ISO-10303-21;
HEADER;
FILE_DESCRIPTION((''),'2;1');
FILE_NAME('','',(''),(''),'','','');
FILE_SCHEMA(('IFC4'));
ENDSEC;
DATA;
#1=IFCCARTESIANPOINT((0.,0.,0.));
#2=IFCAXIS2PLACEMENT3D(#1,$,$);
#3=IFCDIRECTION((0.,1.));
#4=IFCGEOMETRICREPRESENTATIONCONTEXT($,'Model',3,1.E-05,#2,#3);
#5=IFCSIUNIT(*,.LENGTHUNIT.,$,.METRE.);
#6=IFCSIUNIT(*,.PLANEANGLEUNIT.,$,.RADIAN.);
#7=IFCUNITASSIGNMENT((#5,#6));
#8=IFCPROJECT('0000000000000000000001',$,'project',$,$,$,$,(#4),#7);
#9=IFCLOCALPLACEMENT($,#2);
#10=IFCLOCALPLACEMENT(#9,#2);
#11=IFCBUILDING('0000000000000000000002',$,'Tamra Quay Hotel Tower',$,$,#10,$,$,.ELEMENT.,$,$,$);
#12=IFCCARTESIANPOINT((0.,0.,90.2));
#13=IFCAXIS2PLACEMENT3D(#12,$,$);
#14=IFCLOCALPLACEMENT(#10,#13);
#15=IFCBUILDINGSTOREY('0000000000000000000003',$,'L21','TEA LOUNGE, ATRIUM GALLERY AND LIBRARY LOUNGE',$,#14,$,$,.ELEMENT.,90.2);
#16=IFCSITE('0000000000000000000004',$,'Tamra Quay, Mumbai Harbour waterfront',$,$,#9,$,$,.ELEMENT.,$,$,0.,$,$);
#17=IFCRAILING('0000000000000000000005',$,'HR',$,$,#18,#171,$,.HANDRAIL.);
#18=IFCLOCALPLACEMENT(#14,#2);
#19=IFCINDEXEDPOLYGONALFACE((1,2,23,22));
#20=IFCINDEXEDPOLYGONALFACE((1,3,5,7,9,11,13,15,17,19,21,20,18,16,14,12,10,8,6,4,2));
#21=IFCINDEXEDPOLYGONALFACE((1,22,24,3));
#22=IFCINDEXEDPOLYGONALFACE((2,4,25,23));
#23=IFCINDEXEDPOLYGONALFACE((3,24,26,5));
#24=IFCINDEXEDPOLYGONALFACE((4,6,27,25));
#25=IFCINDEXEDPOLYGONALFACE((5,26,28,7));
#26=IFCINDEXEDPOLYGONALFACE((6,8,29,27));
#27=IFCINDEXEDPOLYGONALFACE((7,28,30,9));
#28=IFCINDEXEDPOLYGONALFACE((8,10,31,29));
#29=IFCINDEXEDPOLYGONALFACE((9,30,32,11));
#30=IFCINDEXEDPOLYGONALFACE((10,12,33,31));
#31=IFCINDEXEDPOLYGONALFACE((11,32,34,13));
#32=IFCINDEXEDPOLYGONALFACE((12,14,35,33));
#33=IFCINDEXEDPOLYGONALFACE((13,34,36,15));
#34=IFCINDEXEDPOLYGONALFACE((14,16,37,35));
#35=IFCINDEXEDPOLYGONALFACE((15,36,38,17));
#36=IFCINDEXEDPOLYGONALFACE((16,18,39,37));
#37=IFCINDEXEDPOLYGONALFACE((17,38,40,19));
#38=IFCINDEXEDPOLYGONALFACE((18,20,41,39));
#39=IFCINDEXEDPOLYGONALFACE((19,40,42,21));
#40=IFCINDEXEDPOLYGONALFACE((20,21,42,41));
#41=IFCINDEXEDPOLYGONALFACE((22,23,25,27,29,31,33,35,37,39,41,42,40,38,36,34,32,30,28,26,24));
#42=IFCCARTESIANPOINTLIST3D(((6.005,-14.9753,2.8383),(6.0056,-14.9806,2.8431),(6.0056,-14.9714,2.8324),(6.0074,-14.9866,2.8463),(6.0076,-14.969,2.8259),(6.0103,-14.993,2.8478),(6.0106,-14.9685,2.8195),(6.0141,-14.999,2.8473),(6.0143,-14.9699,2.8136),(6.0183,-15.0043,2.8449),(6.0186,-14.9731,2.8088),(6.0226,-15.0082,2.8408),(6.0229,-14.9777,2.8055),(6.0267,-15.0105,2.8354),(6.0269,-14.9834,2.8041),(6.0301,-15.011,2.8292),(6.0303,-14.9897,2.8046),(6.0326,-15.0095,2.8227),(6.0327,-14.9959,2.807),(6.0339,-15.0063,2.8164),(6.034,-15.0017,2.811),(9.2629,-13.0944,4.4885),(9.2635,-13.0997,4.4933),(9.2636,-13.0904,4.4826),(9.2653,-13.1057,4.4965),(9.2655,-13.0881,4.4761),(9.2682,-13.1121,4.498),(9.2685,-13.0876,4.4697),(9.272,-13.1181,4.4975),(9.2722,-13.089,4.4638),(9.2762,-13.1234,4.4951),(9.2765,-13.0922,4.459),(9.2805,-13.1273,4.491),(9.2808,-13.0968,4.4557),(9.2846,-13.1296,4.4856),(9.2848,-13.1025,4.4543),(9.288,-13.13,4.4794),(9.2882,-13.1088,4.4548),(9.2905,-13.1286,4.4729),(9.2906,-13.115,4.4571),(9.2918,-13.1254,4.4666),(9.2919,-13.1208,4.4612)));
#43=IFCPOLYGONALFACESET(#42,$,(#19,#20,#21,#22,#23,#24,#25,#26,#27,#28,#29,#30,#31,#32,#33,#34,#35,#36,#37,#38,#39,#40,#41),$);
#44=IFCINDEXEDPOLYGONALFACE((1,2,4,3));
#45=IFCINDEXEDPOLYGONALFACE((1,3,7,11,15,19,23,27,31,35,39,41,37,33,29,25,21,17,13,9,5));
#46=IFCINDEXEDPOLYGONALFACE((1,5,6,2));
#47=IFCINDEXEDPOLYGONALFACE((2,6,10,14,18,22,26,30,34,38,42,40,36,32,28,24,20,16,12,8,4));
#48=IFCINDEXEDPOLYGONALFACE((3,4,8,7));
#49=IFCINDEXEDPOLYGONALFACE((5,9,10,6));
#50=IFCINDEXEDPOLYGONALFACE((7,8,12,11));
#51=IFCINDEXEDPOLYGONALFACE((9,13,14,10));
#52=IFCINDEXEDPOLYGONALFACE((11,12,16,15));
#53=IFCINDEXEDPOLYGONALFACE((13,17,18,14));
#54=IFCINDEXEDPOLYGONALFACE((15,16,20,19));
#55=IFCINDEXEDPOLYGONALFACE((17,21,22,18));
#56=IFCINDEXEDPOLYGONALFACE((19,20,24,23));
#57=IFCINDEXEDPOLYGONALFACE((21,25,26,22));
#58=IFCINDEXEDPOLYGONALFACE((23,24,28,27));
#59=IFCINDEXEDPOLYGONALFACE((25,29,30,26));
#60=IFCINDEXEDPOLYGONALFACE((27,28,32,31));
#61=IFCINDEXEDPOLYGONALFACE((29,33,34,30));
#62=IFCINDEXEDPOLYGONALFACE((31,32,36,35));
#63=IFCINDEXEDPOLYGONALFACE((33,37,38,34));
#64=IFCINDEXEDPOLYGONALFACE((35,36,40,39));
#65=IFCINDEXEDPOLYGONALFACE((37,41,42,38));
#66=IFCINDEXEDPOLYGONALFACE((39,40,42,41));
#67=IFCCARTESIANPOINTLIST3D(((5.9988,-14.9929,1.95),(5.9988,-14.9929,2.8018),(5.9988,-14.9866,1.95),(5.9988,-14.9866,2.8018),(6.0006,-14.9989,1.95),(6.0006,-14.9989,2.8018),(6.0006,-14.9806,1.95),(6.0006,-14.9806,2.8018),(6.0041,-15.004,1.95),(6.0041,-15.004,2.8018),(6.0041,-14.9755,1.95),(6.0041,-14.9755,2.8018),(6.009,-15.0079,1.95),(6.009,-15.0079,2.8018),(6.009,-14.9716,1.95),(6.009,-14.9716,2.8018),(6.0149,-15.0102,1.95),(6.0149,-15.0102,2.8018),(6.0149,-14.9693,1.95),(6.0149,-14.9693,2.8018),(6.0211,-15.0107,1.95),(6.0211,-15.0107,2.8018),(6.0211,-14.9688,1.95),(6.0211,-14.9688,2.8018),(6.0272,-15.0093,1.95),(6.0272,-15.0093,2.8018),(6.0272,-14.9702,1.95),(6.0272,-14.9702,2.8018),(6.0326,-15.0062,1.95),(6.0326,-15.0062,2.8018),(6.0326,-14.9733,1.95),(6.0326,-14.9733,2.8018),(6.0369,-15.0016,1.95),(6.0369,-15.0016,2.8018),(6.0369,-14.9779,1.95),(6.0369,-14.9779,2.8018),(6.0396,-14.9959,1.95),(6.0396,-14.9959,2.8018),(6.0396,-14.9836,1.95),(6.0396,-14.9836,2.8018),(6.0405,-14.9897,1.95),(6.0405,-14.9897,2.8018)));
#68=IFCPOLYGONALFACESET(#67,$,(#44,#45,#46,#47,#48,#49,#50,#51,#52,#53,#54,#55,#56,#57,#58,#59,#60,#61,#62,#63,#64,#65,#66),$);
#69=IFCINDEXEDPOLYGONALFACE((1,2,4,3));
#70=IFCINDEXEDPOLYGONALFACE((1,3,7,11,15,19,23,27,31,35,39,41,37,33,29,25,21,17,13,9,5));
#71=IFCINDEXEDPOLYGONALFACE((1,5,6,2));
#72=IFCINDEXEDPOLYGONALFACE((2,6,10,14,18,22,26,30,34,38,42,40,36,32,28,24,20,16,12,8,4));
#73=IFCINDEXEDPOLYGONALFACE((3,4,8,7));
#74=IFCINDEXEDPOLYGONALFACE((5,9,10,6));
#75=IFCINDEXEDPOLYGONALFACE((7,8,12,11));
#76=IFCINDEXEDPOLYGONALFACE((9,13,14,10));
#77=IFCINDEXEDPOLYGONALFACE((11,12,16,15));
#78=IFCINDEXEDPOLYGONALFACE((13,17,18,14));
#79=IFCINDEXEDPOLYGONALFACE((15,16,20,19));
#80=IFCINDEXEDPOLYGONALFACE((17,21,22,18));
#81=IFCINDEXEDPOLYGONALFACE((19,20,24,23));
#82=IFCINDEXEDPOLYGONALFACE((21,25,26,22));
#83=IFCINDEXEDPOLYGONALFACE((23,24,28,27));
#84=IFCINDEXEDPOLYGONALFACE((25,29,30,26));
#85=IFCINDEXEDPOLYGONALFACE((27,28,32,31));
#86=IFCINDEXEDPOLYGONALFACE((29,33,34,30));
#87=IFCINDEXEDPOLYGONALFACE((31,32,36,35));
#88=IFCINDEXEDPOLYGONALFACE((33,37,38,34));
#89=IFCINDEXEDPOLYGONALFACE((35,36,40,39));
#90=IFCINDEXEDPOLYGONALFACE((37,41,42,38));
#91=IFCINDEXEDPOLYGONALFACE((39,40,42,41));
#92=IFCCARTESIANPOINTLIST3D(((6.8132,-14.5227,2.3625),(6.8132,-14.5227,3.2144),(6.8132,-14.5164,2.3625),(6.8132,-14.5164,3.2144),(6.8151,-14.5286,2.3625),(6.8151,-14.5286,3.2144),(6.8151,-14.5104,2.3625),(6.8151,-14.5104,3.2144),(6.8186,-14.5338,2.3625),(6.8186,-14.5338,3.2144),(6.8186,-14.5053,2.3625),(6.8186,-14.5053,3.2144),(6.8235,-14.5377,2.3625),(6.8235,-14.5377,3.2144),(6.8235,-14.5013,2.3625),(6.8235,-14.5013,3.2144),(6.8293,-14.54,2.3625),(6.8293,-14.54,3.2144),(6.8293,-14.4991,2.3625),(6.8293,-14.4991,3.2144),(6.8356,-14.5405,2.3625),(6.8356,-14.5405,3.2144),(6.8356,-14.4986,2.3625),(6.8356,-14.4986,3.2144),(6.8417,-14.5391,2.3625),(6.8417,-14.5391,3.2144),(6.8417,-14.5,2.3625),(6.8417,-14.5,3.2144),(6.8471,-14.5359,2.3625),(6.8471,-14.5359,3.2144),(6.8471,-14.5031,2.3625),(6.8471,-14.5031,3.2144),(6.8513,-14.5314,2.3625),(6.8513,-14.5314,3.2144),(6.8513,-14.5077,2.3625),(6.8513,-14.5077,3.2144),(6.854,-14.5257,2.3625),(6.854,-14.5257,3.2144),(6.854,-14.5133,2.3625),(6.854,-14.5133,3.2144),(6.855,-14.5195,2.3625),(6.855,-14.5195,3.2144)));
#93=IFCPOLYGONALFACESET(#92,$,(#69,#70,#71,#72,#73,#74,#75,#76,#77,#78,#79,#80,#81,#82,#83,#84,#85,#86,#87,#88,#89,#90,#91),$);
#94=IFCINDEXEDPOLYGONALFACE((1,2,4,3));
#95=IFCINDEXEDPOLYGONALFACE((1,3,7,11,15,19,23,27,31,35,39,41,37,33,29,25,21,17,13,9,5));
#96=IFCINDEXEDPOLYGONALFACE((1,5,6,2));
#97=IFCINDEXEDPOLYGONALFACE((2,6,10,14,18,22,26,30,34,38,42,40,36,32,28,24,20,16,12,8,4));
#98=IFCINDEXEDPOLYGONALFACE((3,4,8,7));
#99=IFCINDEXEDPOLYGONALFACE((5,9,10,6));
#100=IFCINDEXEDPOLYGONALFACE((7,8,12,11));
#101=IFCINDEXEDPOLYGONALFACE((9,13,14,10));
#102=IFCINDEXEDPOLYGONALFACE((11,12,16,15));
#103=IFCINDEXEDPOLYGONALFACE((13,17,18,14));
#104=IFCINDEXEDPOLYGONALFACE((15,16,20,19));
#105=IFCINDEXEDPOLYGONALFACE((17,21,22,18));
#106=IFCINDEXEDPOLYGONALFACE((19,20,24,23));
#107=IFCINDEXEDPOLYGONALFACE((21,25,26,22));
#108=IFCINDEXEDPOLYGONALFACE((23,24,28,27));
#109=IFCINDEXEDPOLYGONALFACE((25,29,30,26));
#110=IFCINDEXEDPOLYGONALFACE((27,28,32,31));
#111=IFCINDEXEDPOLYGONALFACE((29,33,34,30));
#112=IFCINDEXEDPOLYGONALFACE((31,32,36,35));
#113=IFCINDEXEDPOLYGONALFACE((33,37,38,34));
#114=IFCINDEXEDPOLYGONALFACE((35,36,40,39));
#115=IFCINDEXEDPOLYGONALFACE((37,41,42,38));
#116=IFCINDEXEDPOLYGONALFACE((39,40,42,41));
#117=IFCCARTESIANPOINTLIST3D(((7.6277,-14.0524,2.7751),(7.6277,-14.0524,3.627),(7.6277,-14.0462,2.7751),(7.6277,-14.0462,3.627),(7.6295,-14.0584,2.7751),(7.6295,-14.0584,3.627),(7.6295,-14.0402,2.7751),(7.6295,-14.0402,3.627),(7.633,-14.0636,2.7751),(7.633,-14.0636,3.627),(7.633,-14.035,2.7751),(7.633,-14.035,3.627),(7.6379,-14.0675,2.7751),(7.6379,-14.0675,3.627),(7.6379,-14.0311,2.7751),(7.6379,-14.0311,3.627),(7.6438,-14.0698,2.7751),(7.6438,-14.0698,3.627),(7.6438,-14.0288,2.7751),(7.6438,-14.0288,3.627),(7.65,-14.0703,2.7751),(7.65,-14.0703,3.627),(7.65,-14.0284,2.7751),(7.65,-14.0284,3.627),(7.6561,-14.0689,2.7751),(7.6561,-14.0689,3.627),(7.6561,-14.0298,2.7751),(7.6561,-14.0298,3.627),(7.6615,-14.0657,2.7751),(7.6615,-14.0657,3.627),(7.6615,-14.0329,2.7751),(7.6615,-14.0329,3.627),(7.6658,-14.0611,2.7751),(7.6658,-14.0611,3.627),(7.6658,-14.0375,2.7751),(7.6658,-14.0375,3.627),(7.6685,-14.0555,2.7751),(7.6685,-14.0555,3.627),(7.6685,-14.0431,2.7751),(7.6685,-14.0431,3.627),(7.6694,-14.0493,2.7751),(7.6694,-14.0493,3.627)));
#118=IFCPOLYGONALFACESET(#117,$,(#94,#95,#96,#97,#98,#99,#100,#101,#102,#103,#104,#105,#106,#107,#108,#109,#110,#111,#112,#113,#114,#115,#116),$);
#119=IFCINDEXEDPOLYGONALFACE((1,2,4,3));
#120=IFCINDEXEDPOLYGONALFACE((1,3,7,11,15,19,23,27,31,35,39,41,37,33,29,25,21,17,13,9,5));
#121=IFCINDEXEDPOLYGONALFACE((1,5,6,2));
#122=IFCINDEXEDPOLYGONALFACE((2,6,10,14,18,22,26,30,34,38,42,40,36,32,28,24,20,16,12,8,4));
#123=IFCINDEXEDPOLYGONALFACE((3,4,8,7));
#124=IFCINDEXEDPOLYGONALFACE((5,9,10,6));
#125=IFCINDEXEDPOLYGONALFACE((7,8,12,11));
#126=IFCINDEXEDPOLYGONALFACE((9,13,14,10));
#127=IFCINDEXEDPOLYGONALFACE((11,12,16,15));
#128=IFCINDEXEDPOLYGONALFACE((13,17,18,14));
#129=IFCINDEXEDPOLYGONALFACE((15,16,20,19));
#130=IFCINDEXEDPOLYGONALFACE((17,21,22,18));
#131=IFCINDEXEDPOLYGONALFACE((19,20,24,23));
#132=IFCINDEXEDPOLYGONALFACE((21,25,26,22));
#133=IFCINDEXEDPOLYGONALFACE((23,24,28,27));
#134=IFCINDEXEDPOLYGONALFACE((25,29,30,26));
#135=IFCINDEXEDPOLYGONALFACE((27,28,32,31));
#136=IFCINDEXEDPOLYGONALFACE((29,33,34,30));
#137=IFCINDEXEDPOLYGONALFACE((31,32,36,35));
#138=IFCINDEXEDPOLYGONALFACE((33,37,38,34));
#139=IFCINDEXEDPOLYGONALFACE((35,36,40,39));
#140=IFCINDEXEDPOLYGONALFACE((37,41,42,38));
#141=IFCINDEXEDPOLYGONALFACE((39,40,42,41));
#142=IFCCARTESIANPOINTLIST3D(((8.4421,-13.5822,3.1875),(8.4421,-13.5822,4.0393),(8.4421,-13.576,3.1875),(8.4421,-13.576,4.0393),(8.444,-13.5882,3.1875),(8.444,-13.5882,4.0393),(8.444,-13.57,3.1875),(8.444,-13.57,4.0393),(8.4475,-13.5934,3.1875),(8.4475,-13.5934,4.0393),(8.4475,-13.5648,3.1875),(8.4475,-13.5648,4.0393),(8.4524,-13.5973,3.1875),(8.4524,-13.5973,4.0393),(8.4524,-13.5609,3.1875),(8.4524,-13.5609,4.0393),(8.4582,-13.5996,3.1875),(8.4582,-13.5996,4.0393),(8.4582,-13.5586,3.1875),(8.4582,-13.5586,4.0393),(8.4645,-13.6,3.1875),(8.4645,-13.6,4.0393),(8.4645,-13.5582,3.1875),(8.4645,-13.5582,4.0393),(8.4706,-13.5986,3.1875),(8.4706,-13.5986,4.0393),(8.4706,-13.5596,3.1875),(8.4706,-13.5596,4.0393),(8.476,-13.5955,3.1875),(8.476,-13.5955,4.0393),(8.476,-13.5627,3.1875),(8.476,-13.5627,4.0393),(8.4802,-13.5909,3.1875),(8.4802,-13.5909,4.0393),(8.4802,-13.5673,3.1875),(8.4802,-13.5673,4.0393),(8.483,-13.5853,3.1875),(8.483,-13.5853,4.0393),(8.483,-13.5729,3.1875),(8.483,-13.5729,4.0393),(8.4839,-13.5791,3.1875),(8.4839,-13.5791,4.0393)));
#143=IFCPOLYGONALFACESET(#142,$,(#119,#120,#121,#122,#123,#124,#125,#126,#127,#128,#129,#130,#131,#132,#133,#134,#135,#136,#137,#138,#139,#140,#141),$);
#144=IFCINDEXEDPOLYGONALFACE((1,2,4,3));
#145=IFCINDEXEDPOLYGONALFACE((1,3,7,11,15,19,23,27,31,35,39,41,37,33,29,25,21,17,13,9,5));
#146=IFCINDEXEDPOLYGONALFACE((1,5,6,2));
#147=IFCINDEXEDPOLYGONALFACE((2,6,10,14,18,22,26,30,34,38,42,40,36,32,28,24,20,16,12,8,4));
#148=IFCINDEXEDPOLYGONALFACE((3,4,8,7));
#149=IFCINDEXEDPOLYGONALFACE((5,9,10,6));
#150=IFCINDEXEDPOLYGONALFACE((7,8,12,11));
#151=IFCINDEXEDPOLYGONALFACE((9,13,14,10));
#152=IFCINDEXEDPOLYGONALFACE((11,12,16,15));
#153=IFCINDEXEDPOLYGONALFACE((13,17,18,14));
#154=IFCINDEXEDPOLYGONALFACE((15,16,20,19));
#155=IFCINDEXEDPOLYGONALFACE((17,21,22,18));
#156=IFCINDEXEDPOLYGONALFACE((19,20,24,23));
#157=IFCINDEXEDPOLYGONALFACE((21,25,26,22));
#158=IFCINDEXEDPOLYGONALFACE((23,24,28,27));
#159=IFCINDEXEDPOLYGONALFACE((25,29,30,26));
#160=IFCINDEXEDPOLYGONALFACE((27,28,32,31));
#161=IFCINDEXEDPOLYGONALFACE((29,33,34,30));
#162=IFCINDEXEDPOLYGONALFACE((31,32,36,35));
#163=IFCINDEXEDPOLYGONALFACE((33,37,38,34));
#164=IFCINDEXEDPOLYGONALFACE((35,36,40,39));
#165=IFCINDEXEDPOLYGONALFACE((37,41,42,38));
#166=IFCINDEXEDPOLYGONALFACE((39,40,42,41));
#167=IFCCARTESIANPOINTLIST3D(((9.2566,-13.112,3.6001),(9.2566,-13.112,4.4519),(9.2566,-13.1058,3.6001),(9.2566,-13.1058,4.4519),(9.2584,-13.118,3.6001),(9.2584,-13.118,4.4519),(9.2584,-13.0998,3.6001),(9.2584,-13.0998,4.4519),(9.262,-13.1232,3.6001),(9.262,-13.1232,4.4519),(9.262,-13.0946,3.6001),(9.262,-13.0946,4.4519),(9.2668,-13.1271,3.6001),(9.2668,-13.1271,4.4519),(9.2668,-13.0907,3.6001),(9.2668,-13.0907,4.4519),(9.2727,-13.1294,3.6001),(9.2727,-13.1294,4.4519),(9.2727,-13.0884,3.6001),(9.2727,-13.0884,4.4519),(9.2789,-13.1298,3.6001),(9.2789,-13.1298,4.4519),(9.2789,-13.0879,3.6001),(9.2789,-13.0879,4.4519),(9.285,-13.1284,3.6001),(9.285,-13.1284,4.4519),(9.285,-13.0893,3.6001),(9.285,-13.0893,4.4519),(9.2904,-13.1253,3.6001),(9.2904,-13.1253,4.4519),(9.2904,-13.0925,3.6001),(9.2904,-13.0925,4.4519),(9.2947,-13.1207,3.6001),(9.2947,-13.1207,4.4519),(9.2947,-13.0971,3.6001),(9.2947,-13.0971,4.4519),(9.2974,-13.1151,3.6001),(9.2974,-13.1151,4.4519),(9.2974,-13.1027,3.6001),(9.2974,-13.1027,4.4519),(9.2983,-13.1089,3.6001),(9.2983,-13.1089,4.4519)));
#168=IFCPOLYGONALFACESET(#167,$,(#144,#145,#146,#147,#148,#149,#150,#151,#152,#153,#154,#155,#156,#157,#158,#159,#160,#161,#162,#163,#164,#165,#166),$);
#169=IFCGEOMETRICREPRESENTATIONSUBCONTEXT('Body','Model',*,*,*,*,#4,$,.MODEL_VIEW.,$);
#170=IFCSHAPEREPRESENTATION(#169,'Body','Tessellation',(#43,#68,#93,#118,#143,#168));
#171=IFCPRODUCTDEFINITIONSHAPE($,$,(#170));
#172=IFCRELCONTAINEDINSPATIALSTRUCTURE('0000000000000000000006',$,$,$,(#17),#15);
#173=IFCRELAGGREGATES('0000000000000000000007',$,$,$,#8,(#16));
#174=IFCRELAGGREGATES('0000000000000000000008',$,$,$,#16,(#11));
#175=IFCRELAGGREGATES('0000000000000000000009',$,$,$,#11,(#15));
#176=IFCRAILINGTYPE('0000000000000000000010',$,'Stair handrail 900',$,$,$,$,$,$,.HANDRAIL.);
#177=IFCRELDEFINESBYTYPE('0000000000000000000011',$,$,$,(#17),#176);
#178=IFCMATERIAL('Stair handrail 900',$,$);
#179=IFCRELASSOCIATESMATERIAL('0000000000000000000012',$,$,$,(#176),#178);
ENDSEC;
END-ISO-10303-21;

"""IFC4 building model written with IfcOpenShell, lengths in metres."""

from ifc_helpers import new_model, si_unit, direction, frame, origin, origin_2d, place, context, subcontext, project, spatial, circle, extrude, material, type_object, element, save


model = new_model("IFC4")

# Units and contexts
model_context = context("Model", 3, precision=1e-05, world=origin(), true_north=direction((0.0, 1.0)))
body_context = subcontext(model_context, "Body", "Model", "MODEL_VIEW")
ifc_project = project(units=[si_unit("LENGTHUNIT", "METRE"), si_unit("PLANEANGLEUNIT", "RADIAN")], contexts=[model_context])

# Site, building, storey
site_placement = place(None, origin())
site = spatial("IfcSite", under=ifc_project, at=site_placement, Name="Tamra Quay, Mumbai Harbour waterfront", CompositionType="ELEMENT", RefElevation=0.0)
building_placement = place(site_placement, origin())
building = spatial("IfcBuilding", under=site, at=building_placement, Name="Tamra Quay Hotel Tower", CompositionType="ELEMENT")
storey_placement = place(building_placement, frame((0.0, 0.0, 90.2)))
storey = spatial("IfcBuildingStorey", under=building, at=storey_placement, Name="L21", Description="TEA LOUNGE, ATRIUM GALLERY AND LIBRARY LOUNGE", CompositionType="ELEMENT", Elevation=90.2)

# Railing
ifc_material_1 = material(Name="Stair handrail 900")
railing_type_1 = type_object("IfcRailingType", Name="Stair handrail 900", PredefinedType="HANDRAIL", material=ifc_material_1)
railing_1_placement = place(storey_placement, frame((6.0195, -14.9897, 1.95)))
element("IfcRailing", 1, at=railing_1_placement, inside=storey, type_object=railing_type_1, Name="HR", PredefinedType="HANDRAIL", context=body_context, shape_type="SweptSolid", body=[
    extrude(circle(Radius=0.0239, at=origin_2d()), frame((0.0, 0.0, 0.876), z_axis=(0.793081, 0.457876, 0.401711), x_axis=(-0.499992, 0.86603, 0.0)), (0.0, 0.0, 1.0), 4.1079),
    extrude(circle(Radius=0.021, at=origin_2d()), origin(), (0.0, 0.0, 1.0), 0.8518),
    extrude(circle(Radius=0.021, at=origin_2d()), frame((0.8145, 0.4702, 0.4126)), (0.0, 0.0, 1.0), 0.8518),
    extrude(circle(Radius=0.021, at=origin_2d()), frame((1.6289, 0.9404, 0.8252)), (0.0, 0.0, 1.0), 0.8518),
    extrude(circle(Radius=0.021, at=origin_2d()), frame((2.4434, 1.4106, 1.2375)), (0.0, 0.0, 1.0), 0.8518),
    extrude(circle(Radius=0.021, at=origin_2d()), frame((3.2578, 1.8809, 1.6501)), (0.0, 0.0, 1.0), 0.8518),
])

save(model, "model.ifc")
